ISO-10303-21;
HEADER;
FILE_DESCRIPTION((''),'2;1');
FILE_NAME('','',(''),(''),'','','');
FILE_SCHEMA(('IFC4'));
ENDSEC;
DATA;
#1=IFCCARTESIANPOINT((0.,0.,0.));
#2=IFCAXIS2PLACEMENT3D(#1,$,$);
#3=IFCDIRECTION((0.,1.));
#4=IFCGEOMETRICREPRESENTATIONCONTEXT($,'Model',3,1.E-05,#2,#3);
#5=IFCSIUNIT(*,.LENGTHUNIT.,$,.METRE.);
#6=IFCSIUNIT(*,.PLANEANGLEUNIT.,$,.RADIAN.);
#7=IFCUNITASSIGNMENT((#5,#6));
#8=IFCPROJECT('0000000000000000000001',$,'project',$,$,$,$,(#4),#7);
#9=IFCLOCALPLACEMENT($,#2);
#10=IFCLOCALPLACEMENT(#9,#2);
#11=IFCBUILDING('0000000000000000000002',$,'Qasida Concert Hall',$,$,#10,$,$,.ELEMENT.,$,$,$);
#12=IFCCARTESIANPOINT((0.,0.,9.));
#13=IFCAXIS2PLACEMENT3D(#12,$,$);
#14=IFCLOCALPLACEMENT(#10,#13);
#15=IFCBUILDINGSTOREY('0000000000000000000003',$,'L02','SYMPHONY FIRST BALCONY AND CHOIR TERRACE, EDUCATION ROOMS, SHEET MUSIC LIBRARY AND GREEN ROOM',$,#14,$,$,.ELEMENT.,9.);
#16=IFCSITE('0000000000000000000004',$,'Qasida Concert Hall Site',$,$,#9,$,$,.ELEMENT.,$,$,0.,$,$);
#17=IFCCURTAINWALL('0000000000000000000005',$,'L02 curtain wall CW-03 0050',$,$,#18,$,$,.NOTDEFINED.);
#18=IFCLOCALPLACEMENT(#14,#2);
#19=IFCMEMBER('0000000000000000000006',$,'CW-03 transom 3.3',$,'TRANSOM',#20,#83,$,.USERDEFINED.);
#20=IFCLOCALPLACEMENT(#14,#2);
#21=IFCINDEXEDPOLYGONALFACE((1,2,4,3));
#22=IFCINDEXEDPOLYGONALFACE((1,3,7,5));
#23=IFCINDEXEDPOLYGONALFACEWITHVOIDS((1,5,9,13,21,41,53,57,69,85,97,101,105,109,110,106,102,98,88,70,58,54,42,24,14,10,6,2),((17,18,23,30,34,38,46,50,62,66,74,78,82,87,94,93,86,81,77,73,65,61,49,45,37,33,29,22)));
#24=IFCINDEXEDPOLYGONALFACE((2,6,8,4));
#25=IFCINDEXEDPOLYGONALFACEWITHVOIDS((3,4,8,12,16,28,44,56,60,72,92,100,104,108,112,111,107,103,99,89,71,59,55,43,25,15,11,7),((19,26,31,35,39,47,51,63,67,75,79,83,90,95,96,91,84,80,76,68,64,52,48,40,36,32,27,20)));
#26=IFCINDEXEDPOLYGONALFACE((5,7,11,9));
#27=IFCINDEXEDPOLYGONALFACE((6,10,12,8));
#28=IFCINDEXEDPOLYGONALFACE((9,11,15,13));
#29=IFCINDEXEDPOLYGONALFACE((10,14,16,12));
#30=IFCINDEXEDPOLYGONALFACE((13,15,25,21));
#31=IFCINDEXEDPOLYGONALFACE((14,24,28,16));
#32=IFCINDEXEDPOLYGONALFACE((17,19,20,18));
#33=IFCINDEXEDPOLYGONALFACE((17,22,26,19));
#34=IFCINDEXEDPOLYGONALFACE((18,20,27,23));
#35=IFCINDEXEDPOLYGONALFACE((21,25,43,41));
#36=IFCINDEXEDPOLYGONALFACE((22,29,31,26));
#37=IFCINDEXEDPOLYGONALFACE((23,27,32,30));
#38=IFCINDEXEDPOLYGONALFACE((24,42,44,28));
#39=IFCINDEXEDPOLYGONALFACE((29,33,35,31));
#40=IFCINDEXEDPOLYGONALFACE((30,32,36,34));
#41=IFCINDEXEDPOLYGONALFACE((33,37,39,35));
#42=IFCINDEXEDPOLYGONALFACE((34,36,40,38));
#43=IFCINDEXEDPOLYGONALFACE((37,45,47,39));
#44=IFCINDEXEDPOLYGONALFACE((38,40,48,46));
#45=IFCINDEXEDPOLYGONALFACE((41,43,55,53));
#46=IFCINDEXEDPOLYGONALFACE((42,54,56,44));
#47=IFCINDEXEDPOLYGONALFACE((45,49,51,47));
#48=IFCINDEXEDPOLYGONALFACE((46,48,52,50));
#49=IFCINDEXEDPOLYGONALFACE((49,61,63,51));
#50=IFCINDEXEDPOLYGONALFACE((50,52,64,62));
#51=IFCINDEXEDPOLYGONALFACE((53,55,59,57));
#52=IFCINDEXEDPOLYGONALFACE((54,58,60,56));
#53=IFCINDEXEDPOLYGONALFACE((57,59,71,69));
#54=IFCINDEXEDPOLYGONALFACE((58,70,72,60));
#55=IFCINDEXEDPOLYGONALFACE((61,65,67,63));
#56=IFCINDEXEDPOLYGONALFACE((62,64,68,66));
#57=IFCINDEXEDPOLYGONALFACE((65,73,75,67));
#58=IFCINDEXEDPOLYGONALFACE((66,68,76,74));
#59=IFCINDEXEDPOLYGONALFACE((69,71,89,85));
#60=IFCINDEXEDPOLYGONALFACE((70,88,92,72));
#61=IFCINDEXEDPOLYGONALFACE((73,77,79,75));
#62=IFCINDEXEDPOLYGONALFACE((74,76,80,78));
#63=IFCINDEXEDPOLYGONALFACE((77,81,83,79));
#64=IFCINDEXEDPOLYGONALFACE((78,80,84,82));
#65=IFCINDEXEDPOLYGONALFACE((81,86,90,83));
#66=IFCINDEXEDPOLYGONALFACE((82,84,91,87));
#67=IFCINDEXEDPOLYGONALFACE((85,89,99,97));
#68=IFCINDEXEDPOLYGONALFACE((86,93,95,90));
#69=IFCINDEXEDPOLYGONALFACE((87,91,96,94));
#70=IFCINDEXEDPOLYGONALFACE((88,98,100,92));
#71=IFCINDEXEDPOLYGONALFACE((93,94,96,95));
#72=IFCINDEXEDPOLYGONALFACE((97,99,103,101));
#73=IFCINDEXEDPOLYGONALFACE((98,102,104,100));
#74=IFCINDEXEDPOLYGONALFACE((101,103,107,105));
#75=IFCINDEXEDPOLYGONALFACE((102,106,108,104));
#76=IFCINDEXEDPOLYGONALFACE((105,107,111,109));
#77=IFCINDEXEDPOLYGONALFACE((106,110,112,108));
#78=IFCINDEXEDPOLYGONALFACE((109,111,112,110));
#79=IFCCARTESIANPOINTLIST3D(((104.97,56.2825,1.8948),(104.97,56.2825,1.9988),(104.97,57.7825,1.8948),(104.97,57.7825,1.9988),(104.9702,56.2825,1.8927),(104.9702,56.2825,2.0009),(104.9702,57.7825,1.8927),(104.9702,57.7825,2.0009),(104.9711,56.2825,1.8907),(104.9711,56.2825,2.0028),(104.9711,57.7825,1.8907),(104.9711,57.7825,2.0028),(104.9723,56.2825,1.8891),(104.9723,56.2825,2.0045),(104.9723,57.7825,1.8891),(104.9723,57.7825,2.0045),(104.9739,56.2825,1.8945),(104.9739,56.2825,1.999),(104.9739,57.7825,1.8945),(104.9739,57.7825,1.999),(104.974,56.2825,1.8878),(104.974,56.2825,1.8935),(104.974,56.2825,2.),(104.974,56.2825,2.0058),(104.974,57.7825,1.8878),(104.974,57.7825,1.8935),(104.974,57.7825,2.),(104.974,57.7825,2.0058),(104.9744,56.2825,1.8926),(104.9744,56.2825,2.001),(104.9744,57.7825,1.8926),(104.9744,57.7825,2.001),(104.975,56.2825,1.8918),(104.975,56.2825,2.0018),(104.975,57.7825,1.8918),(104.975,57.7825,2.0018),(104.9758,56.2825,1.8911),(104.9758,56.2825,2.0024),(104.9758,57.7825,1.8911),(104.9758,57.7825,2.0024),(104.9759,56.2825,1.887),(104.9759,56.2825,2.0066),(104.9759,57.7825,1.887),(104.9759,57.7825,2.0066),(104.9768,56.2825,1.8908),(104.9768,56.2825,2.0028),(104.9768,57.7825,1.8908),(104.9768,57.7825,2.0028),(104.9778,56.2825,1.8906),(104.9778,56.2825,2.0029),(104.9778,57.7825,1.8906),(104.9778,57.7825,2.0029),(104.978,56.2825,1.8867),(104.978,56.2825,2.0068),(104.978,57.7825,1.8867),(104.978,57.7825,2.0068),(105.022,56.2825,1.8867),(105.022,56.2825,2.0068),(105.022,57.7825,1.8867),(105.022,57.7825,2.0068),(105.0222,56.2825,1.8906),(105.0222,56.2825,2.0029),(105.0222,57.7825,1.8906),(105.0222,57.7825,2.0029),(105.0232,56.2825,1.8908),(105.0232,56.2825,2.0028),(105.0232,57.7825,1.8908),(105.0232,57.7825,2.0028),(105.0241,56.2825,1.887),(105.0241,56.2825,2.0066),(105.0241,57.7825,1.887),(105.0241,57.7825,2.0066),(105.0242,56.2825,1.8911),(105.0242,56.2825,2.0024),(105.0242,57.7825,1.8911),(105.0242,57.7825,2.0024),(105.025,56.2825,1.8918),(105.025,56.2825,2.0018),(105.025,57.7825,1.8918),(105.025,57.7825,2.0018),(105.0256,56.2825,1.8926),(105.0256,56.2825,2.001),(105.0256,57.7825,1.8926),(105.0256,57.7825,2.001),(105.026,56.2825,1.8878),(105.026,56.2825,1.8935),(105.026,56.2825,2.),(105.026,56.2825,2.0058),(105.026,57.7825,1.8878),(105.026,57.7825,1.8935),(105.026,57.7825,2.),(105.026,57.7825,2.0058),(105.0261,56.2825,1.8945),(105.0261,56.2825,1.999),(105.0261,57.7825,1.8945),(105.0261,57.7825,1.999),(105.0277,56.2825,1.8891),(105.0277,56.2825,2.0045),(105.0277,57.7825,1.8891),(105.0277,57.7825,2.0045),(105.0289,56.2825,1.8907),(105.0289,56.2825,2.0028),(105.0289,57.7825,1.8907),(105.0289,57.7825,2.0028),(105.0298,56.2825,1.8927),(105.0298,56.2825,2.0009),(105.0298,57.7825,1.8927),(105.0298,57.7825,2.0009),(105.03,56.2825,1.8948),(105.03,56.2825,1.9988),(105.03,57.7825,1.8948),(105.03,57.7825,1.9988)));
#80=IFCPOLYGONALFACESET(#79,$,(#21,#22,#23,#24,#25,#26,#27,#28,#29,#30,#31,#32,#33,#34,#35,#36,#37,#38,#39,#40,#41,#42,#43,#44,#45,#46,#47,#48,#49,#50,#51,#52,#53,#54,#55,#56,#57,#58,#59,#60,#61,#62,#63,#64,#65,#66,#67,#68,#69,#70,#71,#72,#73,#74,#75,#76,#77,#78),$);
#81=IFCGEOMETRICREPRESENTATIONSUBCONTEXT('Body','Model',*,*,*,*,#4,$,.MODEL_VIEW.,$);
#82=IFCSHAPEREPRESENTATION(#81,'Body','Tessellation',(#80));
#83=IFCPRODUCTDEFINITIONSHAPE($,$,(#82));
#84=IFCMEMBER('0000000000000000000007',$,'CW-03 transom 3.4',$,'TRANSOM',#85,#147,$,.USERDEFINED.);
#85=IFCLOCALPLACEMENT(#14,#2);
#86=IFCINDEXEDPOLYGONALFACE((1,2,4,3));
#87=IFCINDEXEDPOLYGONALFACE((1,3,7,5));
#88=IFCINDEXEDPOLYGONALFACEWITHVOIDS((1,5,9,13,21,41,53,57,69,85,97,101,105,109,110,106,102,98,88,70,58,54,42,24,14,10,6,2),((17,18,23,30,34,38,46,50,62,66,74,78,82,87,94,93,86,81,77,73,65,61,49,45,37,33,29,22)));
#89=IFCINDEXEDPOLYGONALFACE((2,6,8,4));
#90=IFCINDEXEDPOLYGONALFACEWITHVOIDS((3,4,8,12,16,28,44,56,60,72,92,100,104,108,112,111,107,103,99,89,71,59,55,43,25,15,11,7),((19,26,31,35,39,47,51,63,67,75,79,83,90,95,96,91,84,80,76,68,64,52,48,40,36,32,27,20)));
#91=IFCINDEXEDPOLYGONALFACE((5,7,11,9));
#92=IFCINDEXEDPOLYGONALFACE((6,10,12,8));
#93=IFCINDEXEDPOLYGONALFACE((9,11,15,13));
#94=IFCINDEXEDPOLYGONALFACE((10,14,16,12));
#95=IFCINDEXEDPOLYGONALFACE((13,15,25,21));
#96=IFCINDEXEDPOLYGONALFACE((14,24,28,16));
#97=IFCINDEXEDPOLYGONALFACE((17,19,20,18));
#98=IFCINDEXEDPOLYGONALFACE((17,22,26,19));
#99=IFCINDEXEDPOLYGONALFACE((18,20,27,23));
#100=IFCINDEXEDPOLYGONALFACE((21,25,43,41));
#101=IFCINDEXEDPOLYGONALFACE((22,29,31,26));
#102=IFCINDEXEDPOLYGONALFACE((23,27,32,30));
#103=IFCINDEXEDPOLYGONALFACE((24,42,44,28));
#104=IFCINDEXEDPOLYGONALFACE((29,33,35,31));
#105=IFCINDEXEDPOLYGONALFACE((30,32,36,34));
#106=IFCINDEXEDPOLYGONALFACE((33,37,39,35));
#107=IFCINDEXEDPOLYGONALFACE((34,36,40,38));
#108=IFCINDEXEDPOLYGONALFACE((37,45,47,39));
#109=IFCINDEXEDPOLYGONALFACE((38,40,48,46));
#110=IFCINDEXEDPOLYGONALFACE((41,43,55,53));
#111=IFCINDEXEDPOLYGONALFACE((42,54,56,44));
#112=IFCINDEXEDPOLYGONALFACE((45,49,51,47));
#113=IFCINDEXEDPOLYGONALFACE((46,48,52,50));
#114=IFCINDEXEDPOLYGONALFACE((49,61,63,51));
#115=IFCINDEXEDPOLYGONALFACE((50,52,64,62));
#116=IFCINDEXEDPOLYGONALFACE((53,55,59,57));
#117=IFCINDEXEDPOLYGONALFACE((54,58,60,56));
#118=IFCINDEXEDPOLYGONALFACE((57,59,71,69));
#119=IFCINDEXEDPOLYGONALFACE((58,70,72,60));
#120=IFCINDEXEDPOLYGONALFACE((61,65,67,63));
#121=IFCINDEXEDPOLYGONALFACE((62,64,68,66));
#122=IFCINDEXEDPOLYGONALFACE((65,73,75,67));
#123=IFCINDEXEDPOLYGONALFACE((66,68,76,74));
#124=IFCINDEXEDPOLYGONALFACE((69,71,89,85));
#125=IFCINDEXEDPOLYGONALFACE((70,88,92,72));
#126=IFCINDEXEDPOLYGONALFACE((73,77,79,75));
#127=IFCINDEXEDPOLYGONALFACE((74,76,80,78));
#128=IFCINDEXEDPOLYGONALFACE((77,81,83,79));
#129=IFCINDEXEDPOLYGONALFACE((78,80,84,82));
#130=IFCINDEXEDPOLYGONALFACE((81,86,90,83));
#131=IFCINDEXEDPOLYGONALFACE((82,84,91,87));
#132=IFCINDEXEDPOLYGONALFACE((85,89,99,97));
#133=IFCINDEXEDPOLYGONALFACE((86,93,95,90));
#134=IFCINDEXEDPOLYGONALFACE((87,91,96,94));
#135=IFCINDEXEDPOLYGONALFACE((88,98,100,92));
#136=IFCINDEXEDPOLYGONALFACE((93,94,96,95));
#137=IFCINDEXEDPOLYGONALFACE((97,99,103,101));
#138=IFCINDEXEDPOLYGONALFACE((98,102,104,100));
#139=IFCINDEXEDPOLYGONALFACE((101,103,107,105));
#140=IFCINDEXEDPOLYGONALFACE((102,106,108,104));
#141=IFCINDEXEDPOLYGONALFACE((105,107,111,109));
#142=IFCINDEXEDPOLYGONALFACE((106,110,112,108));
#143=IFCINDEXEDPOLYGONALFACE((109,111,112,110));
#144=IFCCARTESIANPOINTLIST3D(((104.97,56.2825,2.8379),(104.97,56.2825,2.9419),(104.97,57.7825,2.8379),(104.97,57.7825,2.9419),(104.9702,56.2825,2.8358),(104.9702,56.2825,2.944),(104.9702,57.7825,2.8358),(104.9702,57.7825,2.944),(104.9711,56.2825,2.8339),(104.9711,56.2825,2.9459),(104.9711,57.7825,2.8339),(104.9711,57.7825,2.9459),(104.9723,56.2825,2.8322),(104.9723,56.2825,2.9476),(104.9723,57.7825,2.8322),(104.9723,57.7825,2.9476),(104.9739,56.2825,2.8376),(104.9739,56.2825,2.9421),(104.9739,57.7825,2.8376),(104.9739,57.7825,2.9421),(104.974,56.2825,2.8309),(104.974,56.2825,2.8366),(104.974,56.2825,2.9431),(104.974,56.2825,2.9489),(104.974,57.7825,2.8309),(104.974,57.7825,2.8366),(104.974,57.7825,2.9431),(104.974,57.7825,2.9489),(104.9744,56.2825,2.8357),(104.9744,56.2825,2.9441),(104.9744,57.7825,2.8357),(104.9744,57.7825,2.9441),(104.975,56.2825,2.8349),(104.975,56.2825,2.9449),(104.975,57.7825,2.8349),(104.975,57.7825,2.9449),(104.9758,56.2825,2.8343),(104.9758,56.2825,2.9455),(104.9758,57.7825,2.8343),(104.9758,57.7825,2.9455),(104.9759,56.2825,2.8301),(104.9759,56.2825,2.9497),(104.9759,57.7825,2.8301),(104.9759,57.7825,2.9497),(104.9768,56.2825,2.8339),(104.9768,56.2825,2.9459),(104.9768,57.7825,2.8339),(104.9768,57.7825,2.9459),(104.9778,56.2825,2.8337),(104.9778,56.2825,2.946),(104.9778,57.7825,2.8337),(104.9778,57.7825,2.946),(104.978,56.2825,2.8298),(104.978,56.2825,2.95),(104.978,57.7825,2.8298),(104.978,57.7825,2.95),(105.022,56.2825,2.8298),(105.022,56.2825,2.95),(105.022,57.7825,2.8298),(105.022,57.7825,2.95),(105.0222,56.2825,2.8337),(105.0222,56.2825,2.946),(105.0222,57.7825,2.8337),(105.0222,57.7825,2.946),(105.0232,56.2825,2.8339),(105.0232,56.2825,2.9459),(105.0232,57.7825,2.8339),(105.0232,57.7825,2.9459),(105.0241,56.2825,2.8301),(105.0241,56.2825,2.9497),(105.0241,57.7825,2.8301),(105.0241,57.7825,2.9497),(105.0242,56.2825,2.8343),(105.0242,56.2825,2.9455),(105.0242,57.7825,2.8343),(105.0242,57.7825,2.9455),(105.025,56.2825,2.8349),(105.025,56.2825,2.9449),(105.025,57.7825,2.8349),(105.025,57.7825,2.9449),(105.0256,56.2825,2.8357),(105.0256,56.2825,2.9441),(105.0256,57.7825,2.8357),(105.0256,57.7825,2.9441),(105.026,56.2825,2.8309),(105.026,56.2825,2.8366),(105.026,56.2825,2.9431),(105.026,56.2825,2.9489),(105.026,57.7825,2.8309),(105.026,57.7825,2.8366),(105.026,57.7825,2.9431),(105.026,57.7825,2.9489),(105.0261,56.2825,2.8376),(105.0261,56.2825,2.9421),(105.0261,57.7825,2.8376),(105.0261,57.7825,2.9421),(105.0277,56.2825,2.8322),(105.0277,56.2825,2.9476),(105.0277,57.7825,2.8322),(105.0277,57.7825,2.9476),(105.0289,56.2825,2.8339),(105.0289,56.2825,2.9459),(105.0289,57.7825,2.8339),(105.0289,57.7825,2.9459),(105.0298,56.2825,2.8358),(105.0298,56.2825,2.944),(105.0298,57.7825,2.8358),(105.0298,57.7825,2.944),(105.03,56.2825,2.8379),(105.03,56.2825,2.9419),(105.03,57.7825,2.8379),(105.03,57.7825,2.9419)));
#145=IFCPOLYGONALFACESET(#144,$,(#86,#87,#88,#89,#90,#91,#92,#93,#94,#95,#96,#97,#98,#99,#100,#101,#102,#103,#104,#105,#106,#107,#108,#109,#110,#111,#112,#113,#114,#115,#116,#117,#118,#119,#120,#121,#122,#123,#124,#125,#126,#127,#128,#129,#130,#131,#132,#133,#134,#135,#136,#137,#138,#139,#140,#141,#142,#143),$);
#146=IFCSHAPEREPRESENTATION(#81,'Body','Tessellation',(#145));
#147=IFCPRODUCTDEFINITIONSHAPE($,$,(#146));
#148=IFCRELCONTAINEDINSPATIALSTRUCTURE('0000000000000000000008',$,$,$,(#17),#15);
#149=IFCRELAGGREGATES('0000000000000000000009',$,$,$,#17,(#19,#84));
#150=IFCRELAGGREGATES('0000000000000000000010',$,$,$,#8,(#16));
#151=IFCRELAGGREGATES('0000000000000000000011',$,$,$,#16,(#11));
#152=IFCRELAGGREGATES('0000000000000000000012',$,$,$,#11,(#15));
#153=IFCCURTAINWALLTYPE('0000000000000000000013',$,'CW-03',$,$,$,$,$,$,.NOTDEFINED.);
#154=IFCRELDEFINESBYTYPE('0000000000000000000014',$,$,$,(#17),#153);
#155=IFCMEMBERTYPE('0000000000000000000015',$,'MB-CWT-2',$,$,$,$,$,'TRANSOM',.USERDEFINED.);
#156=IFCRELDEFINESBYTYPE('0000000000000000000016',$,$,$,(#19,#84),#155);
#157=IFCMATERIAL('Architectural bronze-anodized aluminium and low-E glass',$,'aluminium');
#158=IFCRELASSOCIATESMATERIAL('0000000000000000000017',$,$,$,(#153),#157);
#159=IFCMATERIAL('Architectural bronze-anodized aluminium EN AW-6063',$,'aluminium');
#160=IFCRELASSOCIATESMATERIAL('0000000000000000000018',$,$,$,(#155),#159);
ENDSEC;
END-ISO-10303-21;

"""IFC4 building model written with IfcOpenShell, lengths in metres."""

from ifc_helpers import new_model, si_unit, direction, frame, origin, origin_2d, place, context, subcontext, project, spatial, hollow_rectangle, extrude, material, material_profile, profile_set, type_object, element, aggregate, save


model = new_model("IFC4")

# Units and contexts
model_context = context("Model", 3, precision=1e-05, world=origin(), true_north=direction((0.0, 1.0)))
body_context = subcontext(model_context, "Body", "Model", "MODEL_VIEW")
ifc_project = project(units=[si_unit("LENGTHUNIT", "METRE"), si_unit("PLANEANGLEUNIT", "RADIAN")], contexts=[model_context])

# Site, building, storey
site_placement = place(None, origin())
site = spatial("IfcSite", under=ifc_project, at=site_placement, Name="Qasida Concert Hall Site", CompositionType="ELEMENT", RefElevation=0.0)
building_placement = place(site_placement, origin())
building = spatial("IfcBuilding", under=site, at=building_placement, Name="Qasida Concert Hall", CompositionType="ELEMENT")
storey_placement = place(building_placement, frame((0.0, 0.0, 9.0)))
storey = spatial("IfcBuildingStorey", under=building, at=storey_placement, Name="L02", Description="SYMPHONY FIRST BALCONY AND CHOIR TERRACE, EDUCATION ROOMS, SHEET MUSIC LIBRARY AND GREEN ROOM", CompositionType="ELEMENT", Elevation=9.0)

# Curtain wall, members
ifc_material_1 = material(Name="Architectural bronze-anodized aluminium and low-E glass", Category="aluminium")
curtain_wall_type = type_object("IfcCurtainWallType", Name="CW-03", PredefinedType="NOTDEFINED", material=ifc_material_1)
curtain_wall_placement = place(storey_placement, origin())
curtain_wall = element("IfcCurtainWall", 1, at=curtain_wall_placement, inside=storey, type_object=curtain_wall_type, Name="L02 curtain wall CW-03 0050", PredefinedType="NOTDEFINED")
ifc_material_2 = material(Name="Architectural bronze-anodized aluminium EN AW-6063", Category="aluminium")
ifc_material_profile_1 = material_profile(ifc_material_2, hollow_rectangle(XDim=0.0601, YDim=0.1201, WallThickness=0.0039, InnerFilletRadius=0.0039, OuterFilletRadius=0.0081, at=origin_2d()), Name="CWT 120x60x4")
ifc_profile_set_1 = profile_set([ifc_material_profile_1], Name="Architectural bronze-anodized aluminium EN AW-6063")
member_type_1 = type_object("IfcMemberType", Name="MB-CWT-2", ElementType="TRANSOM", PredefinedType="USERDEFINED", material=ifc_profile_set_1)
member_1_placement = place(storey_placement, frame((105.0, 56.2825, 1.9468), z_axis=(0.0, 1.0, 0.0), x_axis=(-1.0, 0.0, 0.0)))
member_1 = element("IfcMember", 2, at=member_1_placement, type_object=member_type_1, Name="CW-03 transom 3.3", ObjectType="TRANSOM", PredefinedType="USERDEFINED", context=body_context, shape_type="SweptSolid", body=[
    extrude(hollow_rectangle(XDim=0.0601, YDim=0.1201, WallThickness=0.0039, InnerFilletRadius=0.0039, OuterFilletRadius=0.0081, at=origin_2d()), origin(), (0.0, 0.0, 1.0), 1.5),
])
member_2_placement = place(storey_placement, frame((105.0, 56.2825, 2.8899), z_axis=(0.0, 1.0, 0.0), x_axis=(-1.0, 0.0, 0.0)))
member_2 = element("IfcMember", 3, at=member_2_placement, type_object=member_type_1, Name="CW-03 transom 3.4", ObjectType="TRANSOM", PredefinedType="USERDEFINED", context=body_context, shape_type="SweptSolid", body=[
    extrude(hollow_rectangle(XDim=0.0601, YDim=0.1201, WallThickness=0.0039, InnerFilletRadius=0.0039, OuterFilletRadius=0.0081, at=origin_2d()), origin(), (0.0, 0.0, 1.0), 1.5),
])
aggregate(curtain_wall, [member_1, member_2])

save(model, "model.ifc")
